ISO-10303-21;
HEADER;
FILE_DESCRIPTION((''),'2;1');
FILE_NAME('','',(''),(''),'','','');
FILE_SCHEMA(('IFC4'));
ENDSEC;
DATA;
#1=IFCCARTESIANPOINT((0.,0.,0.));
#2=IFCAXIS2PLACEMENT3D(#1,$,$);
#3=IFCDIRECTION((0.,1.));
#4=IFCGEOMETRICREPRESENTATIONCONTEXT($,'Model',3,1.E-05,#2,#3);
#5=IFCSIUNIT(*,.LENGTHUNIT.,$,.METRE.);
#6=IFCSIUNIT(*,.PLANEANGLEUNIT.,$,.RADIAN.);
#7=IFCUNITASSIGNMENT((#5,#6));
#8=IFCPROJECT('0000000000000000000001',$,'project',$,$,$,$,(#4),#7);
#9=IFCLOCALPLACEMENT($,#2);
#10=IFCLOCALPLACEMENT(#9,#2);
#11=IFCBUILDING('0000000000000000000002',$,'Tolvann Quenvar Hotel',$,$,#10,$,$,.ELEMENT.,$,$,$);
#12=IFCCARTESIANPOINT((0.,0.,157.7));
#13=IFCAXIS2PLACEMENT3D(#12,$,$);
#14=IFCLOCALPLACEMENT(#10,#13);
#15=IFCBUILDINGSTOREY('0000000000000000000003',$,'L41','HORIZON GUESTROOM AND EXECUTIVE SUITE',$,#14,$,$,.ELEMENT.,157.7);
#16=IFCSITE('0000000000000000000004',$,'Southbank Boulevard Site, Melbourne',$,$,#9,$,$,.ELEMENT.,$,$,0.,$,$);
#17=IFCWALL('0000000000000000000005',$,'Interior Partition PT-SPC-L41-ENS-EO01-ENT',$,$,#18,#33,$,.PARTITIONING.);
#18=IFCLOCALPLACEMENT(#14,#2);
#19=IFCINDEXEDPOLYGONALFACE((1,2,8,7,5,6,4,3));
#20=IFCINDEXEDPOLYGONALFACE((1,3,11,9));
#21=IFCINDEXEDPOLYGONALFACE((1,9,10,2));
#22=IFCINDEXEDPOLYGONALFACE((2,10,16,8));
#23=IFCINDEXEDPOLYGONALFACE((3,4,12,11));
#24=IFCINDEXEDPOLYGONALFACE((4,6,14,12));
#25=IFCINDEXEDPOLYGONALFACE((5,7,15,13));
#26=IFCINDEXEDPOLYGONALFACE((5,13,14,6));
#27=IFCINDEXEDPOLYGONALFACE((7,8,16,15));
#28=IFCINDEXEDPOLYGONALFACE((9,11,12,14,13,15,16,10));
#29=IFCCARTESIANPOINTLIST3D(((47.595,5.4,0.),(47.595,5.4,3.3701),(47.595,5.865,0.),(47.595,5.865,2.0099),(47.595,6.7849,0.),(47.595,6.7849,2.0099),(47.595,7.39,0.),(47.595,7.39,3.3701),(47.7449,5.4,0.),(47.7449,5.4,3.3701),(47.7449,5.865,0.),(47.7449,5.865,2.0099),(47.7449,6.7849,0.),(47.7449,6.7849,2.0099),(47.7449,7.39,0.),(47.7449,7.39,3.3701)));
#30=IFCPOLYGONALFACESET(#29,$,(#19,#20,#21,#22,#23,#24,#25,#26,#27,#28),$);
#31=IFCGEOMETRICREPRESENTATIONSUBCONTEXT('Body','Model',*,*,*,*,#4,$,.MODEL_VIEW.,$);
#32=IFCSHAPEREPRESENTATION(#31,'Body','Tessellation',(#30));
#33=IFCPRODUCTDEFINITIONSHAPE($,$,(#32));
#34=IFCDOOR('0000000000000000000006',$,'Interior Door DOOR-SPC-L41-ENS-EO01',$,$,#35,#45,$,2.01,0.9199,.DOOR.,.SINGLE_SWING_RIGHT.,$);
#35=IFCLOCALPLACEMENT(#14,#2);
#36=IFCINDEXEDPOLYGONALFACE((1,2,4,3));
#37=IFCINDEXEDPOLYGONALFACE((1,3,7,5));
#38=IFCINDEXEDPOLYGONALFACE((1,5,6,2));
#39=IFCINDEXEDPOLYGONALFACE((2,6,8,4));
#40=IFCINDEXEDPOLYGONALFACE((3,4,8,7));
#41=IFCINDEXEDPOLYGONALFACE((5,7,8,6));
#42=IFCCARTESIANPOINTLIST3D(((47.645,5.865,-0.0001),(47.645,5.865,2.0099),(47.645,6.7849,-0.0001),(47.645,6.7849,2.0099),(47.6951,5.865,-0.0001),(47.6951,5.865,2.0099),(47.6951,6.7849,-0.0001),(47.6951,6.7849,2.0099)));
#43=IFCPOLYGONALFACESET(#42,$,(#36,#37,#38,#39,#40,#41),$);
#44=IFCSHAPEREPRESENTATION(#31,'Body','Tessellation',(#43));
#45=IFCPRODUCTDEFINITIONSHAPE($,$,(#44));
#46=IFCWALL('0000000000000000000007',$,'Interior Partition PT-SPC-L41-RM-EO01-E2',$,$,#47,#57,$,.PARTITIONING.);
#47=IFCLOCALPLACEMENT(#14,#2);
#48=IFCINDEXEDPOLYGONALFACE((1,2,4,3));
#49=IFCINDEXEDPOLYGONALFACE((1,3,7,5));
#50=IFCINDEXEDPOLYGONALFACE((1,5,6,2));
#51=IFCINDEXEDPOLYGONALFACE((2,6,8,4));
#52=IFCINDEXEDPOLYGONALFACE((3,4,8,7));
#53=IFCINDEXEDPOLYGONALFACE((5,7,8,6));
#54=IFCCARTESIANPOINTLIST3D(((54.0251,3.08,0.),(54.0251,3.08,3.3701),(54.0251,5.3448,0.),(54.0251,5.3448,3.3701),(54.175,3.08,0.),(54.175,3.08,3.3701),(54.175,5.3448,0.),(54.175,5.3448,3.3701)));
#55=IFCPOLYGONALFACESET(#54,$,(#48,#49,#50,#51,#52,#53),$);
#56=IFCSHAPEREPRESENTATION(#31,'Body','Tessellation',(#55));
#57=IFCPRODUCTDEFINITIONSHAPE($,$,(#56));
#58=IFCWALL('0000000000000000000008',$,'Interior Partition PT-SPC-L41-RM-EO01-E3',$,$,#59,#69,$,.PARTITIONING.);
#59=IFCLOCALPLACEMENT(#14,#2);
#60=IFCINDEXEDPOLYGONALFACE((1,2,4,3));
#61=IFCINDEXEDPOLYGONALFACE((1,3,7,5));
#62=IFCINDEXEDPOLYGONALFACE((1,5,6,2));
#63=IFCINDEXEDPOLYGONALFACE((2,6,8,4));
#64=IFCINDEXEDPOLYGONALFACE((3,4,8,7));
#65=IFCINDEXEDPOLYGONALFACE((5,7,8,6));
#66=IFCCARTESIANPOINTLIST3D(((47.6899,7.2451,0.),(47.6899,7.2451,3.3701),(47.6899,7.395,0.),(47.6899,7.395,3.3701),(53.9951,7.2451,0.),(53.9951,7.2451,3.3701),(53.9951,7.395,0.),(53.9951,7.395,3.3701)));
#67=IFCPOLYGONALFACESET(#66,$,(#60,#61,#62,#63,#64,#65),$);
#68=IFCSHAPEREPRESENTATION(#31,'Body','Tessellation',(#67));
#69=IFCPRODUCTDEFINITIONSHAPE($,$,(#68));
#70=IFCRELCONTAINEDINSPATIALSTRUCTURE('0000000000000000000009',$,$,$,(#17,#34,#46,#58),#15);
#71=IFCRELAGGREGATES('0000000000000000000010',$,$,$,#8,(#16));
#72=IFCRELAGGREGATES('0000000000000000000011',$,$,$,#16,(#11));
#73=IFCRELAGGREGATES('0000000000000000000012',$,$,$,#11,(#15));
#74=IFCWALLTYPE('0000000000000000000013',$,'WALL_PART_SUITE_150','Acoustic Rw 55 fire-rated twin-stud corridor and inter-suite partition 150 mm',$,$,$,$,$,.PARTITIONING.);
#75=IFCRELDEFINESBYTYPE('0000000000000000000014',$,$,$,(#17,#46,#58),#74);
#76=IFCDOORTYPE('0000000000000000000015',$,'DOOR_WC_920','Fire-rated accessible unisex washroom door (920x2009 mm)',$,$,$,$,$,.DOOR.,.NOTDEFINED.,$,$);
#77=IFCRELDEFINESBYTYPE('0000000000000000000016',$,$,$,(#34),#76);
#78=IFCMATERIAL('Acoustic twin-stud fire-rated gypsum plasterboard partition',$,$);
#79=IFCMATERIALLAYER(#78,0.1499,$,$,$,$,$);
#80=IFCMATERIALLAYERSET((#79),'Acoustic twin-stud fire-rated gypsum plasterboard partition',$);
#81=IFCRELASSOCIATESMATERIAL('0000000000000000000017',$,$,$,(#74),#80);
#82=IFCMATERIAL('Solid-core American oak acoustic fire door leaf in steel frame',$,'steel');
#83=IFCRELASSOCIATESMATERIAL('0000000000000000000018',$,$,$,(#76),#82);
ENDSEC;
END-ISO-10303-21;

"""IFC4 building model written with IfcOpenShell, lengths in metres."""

from ifc_helpers import new_model, si_unit, direction, frame, frame_2d, origin, place, context, subcontext, project, spatial, rectangle, extrude, source, transform, mapped, material, layer, layer_set, type_object, type_shapes, element, fill, save


model = new_model("IFC4")

# Units and contexts
model_context = context("Model", 3, precision=1e-05, world=origin(), true_north=direction((0.0, 1.0)))
body_context = subcontext(model_context, "Body", "Model", "MODEL_VIEW")
ifc_project = project(units=[si_unit("LENGTHUNIT", "METRE"), si_unit("PLANEANGLEUNIT", "RADIAN")], contexts=[model_context])

# Site, building, storey
site_placement = place(None, origin())
site = spatial("IfcSite", under=ifc_project, at=site_placement, Name="Southbank Boulevard Site, Melbourne", CompositionType="ELEMENT", RefElevation=0.0)
building_placement = place(site_placement, origin())
building = spatial("IfcBuilding", under=site, at=building_placement, Name="Tolvann Quenvar Hotel", CompositionType="ELEMENT")
storey_placement = place(building_placement, frame((0.0, 0.0, 157.7)))
storey = spatial("IfcBuildingStorey", under=building, at=storey_placement, Name="L41", Description="HORIZON GUESTROOM AND EXECUTIVE SUITE", CompositionType="ELEMENT", Elevation=157.7)

# Wall, opening, door
ifc_material_1 = material(Name="Acoustic twin-stud fire-rated gypsum plasterboard partition")
ifc_layer_1 = layer(ifc_material_1, 0.1499)
ifc_layer_set_1 = layer_set([ifc_layer_1], Name="Acoustic twin-stud fire-rated gypsum plasterboard partition")
wall_type_1 = type_object("IfcWallType", Name="WALL_PART_SUITE_150", Description="Acoustic Rw 55 fire-rated twin-stud corridor and inter-suite partition 150 mm", PredefinedType="PARTITIONING", material=ifc_layer_set_1)
wall_1_placement = place(storey_placement, frame((47.6699, 5.3999, 0.0), z_axis=(0.0, 0.0, 1.0), x_axis=(0.0, 1.0, 0.0)))
wall_1 = element("IfcWall", 1, at=wall_1_placement, inside=storey, type_object=wall_type_1, Name="Interior Partition PT-SPC-L41-ENS-EO01-ENT", PredefinedType="PARTITIONING", context=body_context, shape_type="SweptSolid", body=[
    extrude(rectangle(XDim=1.99, YDim=0.1499, at=frame_2d((0.9951, 0.0))), origin(), (0.0, 0.0, 1.0), 3.3701),
])
opening_1_placement = place(wall_1_placement, frame((0.4651, 0.0, 0.0)))
opening_1 = element("IfcOpeningElement", 2, at=opening_1_placement, cuts=wall_1, PredefinedType="OPENING", context=body_context, shape_type="SweptSolid", body=[
    extrude(rectangle(XDim=0.9199, YDim=2.01, at=frame_2d((0.46, 1.0049))), frame((0.0, 0.085, 0.0), z_axis=(0.0, -1.0, 0.0), x_axis=(1.0, 0.0, 0.0)), (0.0, 0.0, 1.0), 0.1699),
])
ifc_material_2 = material(Name="Solid-core American oak acoustic fire door leaf in steel frame", Category="steel")
door_type_1 = type_object("IfcDoorType", Name="DOOR_WC_920", Description="Fire-rated accessible unisex washroom door (920x2009 mm)", OperationType="NOTDEFINED", PredefinedType="DOOR", material=ifc_material_2)
shared_shape_1 = source(origin(), body_context, "Body", "SweptSolid", [
    extrude(rectangle(XDim=0.9199, YDim=2.01, at=frame_2d((0.46, 1.0049))), frame((0.0, 0.0249, 0.0), z_axis=(0.0, -1.0, 0.0), x_axis=(1.0, 0.0, 0.0)), (0.0, 0.0, 1.0), 0.05),
])
type_shapes(door_type_1, [shared_shape_1])
door_1_placement = place(opening_1_placement, origin())
door_1 = element("IfcDoor", 3, at=door_1_placement, inside=storey, type_object=door_type_1, Name="Interior Door DOOR-SPC-L41-ENS-EO01", OperationType="SINGLE_SWING_RIGHT", OverallHeight=2.01, OverallWidth=0.9199, PredefinedType="DOOR", context=body_context, shape_type="MappedRepresentation", body=[
    mapped(shared_shape_1, transform((0.0, 0.0, 0.0), x_axis=(1.0, 0.0, 0.0), y_axis=(0.0, 1.0, 0.0), z_axis=(0.0, 0.0, 1.0), scale=1.0)),
])
fill(opening_1, door_1)

# Walls
wall_2_placement = place(storey_placement, frame((54.1001, 3.0801, 0.0), z_axis=(0.0, 0.0, 1.0), x_axis=(0.0, 1.0, 0.0)))
element("IfcWall", 4, at=wall_2_placement, inside=storey, type_object=wall_type_1, Name="Interior Partition PT-SPC-L41-RM-EO01-E2", PredefinedType="PARTITIONING", context=body_context, shape_type="SweptSolid", body=[
    extrude(rectangle(XDim=2.2649, YDim=0.1499, at=frame_2d((1.1323, 0.0))), origin(), (0.0, 0.0, 1.0), 3.3701),
])
wall_3_placement = place(storey_placement, frame((47.6899, 7.3201, 0.0), z_axis=(0.0, 0.0, 1.0), x_axis=(1.0, 0.0, 0.0)))
element("IfcWall", 5, at=wall_3_placement, inside=storey, type_object=wall_type_1, Name="Interior Partition PT-SPC-L41-RM-EO01-E3", PredefinedType="PARTITIONING", context=body_context, shape_type="SweptSolid", body=[
    extrude(rectangle(XDim=6.3052, YDim=0.1499, at=frame_2d((3.1526, 0.0))), origin(), (0.0, 0.0, 1.0), 3.3701),
])

save(model, "model.ifc")
